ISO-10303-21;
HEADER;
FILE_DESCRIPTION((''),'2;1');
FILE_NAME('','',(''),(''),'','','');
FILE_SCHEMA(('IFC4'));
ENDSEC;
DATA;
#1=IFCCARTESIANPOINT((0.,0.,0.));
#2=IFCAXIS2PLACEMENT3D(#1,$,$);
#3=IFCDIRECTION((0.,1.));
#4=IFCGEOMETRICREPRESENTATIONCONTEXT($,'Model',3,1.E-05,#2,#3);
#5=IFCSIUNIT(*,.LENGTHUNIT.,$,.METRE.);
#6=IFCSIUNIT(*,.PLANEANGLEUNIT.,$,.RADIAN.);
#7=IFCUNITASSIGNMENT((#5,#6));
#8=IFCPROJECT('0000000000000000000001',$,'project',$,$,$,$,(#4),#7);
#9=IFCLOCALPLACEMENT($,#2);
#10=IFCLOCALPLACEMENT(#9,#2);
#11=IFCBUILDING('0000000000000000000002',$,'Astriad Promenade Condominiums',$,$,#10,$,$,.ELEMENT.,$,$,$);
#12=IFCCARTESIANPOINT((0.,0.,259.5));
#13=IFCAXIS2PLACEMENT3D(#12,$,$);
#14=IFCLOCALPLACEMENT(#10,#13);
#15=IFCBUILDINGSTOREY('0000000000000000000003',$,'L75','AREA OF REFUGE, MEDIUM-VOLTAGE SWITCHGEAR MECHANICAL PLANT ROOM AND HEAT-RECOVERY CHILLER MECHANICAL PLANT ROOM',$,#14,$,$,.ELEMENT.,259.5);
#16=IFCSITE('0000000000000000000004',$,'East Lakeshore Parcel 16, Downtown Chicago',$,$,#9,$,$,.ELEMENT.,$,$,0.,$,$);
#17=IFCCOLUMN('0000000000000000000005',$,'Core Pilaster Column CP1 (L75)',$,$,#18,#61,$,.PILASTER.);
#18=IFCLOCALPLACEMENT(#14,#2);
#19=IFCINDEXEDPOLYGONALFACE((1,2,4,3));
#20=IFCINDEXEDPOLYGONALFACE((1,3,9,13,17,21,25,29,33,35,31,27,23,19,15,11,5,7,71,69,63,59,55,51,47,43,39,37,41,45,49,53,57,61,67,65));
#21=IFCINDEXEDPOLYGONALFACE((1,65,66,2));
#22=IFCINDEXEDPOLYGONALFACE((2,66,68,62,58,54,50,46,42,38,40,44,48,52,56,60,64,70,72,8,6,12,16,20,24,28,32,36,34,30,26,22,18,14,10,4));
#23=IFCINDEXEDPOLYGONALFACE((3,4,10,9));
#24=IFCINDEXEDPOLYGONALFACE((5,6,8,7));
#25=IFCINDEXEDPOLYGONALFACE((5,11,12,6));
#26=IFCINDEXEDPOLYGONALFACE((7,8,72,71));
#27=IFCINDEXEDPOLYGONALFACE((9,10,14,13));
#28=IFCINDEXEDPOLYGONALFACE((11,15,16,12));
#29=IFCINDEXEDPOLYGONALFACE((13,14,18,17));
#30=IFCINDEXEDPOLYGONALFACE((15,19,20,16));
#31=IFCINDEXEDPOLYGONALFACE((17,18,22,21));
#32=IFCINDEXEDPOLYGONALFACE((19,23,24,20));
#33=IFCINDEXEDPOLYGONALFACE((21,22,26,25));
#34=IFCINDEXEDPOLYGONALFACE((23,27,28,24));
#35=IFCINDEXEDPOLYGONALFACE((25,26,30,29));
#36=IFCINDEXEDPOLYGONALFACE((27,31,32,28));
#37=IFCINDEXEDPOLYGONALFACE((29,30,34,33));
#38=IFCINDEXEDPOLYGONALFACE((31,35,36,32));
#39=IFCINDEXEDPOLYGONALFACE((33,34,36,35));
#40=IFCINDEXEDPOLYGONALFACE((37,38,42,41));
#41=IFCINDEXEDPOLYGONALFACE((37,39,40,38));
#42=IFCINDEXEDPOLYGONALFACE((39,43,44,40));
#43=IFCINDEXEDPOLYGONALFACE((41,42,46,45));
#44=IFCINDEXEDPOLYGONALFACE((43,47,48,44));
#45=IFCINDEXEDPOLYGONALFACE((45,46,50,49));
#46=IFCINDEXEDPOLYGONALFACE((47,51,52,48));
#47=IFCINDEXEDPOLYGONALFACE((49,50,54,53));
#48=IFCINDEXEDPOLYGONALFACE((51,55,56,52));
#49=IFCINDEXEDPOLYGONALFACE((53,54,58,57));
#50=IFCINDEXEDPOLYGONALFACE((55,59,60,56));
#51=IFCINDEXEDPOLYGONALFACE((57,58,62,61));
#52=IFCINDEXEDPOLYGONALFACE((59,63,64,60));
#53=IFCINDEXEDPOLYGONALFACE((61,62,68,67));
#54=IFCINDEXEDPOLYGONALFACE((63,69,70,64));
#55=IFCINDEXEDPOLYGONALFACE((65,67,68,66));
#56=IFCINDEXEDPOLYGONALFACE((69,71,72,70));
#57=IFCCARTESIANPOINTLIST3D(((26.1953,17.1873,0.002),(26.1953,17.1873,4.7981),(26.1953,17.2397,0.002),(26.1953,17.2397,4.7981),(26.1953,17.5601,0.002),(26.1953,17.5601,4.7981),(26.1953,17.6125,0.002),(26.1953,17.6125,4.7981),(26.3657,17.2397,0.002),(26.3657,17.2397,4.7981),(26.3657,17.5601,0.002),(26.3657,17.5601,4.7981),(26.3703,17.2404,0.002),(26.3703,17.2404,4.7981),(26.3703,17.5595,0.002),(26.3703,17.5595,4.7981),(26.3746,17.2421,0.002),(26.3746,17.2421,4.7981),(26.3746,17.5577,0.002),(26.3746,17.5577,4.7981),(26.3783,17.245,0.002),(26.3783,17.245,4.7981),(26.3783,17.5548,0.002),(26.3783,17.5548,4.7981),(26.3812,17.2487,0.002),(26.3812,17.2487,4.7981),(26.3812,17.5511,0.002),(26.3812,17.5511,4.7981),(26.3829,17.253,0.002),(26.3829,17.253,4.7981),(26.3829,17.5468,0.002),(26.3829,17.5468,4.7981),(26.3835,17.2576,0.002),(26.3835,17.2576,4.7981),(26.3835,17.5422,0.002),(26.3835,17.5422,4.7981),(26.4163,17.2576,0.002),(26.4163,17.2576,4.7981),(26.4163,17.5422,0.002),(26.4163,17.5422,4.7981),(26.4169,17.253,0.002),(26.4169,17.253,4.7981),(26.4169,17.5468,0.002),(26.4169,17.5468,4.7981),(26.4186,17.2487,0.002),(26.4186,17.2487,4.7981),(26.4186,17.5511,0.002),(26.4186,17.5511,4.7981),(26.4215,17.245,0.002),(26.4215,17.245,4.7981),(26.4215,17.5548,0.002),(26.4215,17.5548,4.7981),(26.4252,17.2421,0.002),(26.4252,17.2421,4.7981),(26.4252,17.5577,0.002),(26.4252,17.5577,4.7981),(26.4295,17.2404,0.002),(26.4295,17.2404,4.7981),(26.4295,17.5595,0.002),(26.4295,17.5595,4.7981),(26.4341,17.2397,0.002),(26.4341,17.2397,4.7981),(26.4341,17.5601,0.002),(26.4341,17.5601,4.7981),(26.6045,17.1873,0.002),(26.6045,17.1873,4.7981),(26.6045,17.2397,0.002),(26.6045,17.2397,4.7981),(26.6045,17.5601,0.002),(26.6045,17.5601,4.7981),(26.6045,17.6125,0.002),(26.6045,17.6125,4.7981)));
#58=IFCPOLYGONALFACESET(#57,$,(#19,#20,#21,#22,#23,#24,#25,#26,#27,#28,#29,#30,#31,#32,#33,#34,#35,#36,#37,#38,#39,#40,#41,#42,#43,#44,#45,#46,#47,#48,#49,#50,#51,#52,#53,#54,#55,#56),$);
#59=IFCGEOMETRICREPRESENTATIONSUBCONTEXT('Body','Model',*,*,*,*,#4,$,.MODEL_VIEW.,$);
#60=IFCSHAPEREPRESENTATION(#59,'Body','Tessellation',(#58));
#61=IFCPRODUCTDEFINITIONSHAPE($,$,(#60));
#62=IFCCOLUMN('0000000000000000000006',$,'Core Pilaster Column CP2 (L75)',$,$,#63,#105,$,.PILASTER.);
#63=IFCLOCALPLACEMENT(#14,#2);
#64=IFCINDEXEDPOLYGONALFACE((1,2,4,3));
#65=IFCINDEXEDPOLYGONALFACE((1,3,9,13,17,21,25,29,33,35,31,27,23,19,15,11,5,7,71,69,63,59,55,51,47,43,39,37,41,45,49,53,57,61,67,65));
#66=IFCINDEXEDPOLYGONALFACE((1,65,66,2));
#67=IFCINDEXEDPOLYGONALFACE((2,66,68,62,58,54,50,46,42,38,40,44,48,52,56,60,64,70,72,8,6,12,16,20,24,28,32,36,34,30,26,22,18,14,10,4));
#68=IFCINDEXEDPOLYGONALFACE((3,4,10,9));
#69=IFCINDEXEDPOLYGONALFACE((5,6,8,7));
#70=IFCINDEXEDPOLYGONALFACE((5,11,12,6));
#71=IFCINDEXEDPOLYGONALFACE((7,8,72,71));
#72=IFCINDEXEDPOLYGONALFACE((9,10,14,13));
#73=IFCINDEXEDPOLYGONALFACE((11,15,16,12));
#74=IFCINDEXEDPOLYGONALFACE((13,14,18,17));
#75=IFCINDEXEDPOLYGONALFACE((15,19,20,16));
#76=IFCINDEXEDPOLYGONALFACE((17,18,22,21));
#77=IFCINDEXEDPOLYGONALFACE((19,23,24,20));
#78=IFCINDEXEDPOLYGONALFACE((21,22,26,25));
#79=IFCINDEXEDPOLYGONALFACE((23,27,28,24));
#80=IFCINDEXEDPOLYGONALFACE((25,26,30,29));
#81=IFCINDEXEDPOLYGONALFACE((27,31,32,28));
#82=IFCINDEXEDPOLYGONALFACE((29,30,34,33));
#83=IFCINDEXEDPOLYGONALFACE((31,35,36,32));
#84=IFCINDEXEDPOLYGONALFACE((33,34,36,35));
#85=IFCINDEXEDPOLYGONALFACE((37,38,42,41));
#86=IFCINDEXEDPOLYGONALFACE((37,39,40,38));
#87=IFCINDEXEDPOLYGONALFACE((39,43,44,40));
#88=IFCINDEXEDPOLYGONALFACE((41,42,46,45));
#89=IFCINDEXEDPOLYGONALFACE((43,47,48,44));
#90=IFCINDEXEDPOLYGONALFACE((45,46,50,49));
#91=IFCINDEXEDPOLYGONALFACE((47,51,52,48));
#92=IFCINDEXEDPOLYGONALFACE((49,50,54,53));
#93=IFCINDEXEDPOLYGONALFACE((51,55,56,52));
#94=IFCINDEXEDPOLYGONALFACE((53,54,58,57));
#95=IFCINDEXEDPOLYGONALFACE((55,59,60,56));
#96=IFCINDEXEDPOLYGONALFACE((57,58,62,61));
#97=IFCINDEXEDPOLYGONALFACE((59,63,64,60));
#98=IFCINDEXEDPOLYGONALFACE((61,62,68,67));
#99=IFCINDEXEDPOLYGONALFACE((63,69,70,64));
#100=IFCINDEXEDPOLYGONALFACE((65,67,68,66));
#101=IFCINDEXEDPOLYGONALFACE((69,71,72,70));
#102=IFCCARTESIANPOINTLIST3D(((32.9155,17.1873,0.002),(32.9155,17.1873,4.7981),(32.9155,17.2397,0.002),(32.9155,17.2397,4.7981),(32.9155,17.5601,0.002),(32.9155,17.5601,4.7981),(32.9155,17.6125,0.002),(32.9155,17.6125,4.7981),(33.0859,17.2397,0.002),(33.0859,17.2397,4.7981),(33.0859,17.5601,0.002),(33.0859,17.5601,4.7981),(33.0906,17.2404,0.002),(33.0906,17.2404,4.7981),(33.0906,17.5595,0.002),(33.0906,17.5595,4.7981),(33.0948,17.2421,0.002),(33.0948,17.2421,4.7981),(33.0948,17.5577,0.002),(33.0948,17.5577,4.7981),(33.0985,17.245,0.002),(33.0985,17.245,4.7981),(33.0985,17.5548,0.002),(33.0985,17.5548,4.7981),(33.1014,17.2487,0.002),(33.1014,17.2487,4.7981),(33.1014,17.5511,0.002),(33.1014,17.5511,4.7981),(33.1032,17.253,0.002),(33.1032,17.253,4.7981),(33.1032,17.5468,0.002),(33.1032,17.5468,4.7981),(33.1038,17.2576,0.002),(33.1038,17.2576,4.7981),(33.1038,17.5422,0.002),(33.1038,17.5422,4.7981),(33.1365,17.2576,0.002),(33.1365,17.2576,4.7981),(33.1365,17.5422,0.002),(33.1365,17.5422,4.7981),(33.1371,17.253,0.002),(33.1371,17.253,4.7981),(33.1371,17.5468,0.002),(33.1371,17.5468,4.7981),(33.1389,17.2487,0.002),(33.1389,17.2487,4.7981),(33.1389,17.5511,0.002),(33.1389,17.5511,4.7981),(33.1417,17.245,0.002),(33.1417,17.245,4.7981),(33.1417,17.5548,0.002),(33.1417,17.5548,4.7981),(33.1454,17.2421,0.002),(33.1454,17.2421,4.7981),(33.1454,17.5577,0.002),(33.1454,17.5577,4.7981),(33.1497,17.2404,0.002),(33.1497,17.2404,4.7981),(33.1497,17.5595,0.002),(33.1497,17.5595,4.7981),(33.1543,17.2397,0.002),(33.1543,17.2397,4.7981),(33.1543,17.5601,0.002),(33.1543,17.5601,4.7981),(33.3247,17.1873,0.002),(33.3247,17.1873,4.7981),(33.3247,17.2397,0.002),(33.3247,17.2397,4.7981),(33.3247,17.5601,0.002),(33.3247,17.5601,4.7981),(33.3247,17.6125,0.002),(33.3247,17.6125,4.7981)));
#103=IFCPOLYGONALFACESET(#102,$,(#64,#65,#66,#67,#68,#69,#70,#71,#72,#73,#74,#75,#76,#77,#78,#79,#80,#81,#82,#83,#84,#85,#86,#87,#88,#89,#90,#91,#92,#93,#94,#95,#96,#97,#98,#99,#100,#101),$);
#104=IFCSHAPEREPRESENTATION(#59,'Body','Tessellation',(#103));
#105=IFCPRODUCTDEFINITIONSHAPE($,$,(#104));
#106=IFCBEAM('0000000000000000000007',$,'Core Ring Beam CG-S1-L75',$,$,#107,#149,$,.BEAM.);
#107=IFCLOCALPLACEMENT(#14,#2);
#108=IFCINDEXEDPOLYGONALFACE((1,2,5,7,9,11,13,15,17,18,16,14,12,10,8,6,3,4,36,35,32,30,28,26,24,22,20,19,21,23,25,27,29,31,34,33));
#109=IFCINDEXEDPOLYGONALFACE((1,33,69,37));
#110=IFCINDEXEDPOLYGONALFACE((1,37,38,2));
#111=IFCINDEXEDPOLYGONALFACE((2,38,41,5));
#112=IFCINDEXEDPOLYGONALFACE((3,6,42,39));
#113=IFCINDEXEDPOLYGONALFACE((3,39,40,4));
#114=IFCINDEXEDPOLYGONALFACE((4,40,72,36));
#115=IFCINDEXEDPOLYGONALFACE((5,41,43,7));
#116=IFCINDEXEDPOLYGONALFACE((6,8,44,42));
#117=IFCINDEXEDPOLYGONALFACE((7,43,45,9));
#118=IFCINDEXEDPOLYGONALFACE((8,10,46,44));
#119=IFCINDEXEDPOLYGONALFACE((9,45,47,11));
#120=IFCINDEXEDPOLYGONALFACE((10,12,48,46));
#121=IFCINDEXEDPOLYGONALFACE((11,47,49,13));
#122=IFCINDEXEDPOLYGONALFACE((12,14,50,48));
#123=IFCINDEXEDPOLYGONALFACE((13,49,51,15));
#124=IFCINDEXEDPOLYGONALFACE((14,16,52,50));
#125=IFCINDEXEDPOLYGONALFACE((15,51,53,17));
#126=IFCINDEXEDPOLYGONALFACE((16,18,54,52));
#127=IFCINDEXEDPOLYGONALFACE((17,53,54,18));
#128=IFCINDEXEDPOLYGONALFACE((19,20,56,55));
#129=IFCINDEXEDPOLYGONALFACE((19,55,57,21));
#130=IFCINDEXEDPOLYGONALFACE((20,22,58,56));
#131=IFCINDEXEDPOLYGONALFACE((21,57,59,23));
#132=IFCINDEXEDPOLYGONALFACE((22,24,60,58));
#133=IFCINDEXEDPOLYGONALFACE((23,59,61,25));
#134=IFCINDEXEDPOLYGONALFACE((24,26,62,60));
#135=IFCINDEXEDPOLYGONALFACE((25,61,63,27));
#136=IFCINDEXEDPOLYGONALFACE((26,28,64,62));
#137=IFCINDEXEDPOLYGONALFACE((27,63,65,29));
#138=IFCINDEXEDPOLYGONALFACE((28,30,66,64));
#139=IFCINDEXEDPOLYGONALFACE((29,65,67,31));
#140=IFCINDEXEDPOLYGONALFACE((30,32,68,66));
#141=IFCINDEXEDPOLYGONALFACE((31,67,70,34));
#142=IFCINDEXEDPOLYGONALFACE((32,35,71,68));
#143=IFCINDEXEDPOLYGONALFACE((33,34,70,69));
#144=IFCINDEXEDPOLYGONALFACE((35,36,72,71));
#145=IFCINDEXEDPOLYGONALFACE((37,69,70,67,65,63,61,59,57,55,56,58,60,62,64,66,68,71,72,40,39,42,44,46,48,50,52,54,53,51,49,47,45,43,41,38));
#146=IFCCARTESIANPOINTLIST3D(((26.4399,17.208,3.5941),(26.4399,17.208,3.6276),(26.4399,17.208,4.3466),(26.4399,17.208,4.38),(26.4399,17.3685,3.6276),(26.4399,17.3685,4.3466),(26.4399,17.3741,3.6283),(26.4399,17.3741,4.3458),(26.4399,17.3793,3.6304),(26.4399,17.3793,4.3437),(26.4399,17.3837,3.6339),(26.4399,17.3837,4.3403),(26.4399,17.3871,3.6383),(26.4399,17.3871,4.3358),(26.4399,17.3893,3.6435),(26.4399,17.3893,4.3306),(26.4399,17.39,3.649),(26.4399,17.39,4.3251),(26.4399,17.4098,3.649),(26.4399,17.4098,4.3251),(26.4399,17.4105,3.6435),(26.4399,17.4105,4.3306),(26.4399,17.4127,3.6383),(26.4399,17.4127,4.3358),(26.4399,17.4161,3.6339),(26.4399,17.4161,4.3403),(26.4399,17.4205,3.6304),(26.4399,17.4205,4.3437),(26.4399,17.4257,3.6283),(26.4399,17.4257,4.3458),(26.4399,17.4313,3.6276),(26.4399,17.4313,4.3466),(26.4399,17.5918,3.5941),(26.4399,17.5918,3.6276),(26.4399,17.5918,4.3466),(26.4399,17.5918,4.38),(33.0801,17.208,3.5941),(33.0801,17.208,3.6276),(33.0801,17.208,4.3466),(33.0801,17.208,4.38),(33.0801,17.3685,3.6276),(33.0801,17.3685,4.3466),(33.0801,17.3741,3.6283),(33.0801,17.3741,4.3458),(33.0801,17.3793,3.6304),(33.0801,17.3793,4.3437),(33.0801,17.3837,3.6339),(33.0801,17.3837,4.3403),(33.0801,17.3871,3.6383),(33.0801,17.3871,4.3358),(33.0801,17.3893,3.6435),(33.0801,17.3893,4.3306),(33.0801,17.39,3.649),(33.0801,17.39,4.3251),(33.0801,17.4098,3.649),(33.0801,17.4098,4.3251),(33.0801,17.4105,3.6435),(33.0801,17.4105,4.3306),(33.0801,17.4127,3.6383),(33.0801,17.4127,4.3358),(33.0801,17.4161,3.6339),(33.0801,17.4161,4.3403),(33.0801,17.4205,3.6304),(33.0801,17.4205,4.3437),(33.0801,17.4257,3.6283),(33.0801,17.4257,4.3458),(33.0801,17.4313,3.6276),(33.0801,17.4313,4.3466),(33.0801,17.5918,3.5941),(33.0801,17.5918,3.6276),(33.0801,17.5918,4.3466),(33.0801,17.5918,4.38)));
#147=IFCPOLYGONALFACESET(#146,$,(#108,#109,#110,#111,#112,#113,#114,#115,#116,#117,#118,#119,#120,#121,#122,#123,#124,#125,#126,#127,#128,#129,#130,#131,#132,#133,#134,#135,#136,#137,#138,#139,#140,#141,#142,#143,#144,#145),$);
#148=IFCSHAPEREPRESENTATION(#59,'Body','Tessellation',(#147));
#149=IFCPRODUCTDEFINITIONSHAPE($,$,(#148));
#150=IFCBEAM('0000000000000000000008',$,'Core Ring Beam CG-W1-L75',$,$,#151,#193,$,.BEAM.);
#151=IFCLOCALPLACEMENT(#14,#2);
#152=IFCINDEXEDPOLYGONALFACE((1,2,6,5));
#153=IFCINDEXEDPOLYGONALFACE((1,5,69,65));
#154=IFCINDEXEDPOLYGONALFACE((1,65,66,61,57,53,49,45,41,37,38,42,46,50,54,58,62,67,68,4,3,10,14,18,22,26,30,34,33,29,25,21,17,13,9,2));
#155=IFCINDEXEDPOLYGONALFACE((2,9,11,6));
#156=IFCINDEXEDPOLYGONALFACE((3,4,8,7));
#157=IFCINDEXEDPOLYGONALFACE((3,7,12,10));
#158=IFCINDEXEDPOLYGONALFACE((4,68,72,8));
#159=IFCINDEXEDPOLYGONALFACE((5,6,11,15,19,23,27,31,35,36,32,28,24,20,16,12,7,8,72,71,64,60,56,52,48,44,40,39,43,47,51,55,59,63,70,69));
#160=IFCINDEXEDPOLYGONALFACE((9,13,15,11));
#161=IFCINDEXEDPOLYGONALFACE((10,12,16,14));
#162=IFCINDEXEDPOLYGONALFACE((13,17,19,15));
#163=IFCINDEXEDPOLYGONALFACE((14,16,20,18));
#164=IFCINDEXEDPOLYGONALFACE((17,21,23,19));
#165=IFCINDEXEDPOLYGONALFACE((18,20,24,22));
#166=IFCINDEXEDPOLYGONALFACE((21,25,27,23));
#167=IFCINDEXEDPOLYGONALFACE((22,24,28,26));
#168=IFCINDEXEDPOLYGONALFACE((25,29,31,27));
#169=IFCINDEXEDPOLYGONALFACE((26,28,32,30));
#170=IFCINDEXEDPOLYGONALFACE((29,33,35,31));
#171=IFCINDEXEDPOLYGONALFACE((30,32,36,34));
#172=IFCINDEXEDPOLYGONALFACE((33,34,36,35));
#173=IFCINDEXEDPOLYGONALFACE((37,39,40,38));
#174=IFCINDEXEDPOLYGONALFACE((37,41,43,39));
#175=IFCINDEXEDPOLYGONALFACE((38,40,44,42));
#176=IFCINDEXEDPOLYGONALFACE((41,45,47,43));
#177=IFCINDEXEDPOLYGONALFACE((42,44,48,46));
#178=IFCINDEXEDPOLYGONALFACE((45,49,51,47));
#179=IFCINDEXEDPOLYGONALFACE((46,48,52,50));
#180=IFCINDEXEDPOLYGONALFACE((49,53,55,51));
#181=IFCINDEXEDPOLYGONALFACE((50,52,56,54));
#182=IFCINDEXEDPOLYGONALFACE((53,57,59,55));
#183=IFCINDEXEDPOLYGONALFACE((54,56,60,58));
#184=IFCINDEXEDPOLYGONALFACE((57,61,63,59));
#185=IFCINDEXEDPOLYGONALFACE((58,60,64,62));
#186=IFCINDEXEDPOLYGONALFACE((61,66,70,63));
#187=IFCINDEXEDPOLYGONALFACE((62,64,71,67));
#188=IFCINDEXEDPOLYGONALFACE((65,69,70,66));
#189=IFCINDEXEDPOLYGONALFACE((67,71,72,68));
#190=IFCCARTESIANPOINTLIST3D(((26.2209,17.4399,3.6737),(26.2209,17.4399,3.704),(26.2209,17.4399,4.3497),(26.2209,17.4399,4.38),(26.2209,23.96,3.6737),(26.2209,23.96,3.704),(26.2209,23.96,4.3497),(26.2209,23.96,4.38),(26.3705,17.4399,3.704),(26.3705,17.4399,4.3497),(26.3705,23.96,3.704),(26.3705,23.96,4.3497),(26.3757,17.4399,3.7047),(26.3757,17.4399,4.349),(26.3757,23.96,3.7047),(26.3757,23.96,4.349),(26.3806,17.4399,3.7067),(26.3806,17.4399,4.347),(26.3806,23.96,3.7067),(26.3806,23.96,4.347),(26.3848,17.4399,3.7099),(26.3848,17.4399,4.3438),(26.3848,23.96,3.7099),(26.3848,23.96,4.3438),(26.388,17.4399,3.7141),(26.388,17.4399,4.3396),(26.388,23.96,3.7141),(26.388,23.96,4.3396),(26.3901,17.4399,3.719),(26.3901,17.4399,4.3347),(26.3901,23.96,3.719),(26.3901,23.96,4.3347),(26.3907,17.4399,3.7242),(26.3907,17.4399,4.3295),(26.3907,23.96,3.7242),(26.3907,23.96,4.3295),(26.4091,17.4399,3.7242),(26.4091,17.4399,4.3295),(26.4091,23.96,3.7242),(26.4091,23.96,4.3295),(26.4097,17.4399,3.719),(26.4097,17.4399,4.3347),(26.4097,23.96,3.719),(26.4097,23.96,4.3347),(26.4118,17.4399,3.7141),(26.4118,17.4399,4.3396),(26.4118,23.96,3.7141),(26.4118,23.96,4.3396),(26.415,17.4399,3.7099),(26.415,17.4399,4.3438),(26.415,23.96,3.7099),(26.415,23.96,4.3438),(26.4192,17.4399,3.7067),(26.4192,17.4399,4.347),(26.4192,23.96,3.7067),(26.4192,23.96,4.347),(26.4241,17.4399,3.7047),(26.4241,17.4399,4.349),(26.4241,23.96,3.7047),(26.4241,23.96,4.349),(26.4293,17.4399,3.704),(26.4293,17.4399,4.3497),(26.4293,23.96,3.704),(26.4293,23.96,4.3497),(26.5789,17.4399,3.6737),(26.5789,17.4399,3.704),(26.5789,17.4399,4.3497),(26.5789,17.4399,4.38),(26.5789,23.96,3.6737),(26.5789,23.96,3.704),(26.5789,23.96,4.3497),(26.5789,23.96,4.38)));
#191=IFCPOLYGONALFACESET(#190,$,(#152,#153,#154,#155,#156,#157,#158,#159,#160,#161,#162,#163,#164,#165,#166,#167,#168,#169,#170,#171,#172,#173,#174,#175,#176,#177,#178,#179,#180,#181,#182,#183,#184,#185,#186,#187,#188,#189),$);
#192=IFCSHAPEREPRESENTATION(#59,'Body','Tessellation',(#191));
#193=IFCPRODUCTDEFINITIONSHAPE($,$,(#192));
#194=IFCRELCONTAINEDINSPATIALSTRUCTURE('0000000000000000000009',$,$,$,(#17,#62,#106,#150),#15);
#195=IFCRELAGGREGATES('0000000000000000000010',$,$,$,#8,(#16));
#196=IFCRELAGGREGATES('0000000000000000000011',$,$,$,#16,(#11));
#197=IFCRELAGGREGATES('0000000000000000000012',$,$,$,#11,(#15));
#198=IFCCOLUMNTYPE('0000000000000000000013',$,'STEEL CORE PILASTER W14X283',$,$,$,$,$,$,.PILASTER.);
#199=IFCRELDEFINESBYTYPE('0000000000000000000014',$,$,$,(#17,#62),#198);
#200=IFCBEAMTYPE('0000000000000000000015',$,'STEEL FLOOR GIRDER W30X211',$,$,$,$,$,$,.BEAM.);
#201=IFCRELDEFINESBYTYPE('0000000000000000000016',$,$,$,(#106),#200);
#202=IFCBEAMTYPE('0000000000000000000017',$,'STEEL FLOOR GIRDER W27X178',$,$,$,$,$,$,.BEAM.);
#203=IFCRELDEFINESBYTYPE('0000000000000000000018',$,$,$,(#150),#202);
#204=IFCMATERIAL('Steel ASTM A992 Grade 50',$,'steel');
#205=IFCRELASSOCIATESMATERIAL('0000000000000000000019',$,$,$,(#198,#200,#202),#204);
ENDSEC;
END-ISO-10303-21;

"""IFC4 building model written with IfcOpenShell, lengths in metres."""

from ifc_helpers import new_model, si_unit, direction, frame, origin, origin_2d, place, context, subcontext, project, spatial, i_section, extrude, source, transform, mapped, material, material_profile, profile_set, type_object, type_shapes, element, save


model = new_model("IFC4")

# Units and contexts
model_context = context("Model", 3, precision=1e-05, world=origin(), true_north=direction((0.0, 1.0)))
body_context = subcontext(model_context, "Body", "Model", "MODEL_VIEW")
ifc_project = project(units=[si_unit("LENGTHUNIT", "METRE"), si_unit("PLANEANGLEUNIT", "RADIAN")], contexts=[model_context])

# Site, building, storey
site_placement = place(None, origin())
site = spatial("IfcSite", under=ifc_project, at=site_placement, Name="East Lakeshore Parcel 16, Downtown Chicago", CompositionType="ELEMENT", RefElevation=0.0)
building_placement = place(site_placement, origin())
building = spatial("IfcBuilding", under=site, at=building_placement, Name="Astriad Promenade Condominiums", CompositionType="ELEMENT")
storey_placement = place(building_placement, frame((0.0, 0.0, 259.5)))
storey = spatial("IfcBuildingStorey", under=building, at=storey_placement, Name="L75", Description="AREA OF REFUGE, MEDIUM-VOLTAGE SWITCHGEAR MECHANICAL PLANT ROOM AND HEAT-RECOVERY CHILLER MECHANICAL PLANT ROOM", CompositionType="ELEMENT", Elevation=259.5)

# Columns
ifc_material_1 = material(Name="Steel ASTM A992 Grade 50", Category="steel")
ifc_material_profile_1 = material_profile(ifc_material_1, i_section(OverallWidth=0.4092, OverallDepth=0.4253, WebThickness=0.0327, FlangeThickness=0.0525, FilletRadius=0.0178, at=origin_2d()), Name="W14X283")
ifc_profile_set_1 = profile_set([ifc_material_profile_1], Name="Steel ASTM A992 Grade 50")
column_type = type_object("IfcColumnType", Name="STEEL CORE PILASTER W14X283", PredefinedType="PILASTER", material=ifc_profile_set_1)
shared_shape_1 = source(origin(), body_context, "Body", "SweptSolid", [
    extrude(i_section(OverallWidth=0.4092, OverallDepth=0.4253, WebThickness=0.0327, FlangeThickness=0.0525, FilletRadius=0.0178, at=origin_2d()), origin(), (0.0, 0.0, 1.0), 4.7961),
])
type_shapes(column_type, [shared_shape_1])
for number, where, z_axis, x_axis, name in (
    (1, (26.3999, 17.3999, 0.002), (0.0, 0.0, 1.0), (1.0, 0.0, 0.0), "Core Pilaster Column CP1 (L75)"),
    (2, (33.1201, 17.3999, 0.002), (0.0, 0.0, 1.0), (1.0, 0.0, 0.0), "Core Pilaster Column CP2 (L75)"),
):
    element("IfcColumn", number, at=place(storey_placement, frame(where, z_axis=z_axis, x_axis=x_axis)), inside=storey, type_object=column_type, Name=name, PredefinedType="PILASTER", context=body_context, shape_type="MappedRepresentation", body=[
        mapped(shared_shape_1, transform((0.0, 0.0, 0.0), scale=1.0)),
    ])

# Beams
ifc_material_profile_2 = material_profile(ifc_material_1, i_section(OverallWidth=0.3838, OverallDepth=0.7859, WebThickness=0.0198, FlangeThickness=0.0334, FilletRadius=0.0215, at=origin_2d()), Name="W30X211")
ifc_profile_set_2 = profile_set([ifc_material_profile_2], Name="Steel ASTM A992 Grade 50")
beam_type_1 = type_object("IfcBeamType", Name="STEEL FLOOR GIRDER W30X211", PredefinedType="BEAM", material=ifc_profile_set_2)
shared_shape_2 = source(origin(), body_context, "Body", "SweptSolid", [
    extrude(i_section(OverallWidth=0.3838, OverallDepth=0.7859, WebThickness=0.0198, FlangeThickness=0.0334, FilletRadius=0.0215, at=origin_2d()), origin(), (0.0, 0.0, 1.0), 6.6401),
])
type_shapes(beam_type_1, [shared_shape_2])
beam_1_placement = place(storey_placement, frame((26.4399, 17.3999, 3.9871), z_axis=(1.0, 0.0, 0.0), x_axis=(0.0, 1.0, 0.0)))
element("IfcBeam", 3, at=beam_1_placement, inside=storey, type_object=beam_type_1, Name="Core Ring Beam CG-S1-L75", PredefinedType="BEAM", context=body_context, shape_type="MappedRepresentation", body=[
    mapped(shared_shape_2, transform((0.0, 0.0, 0.0), scale=1.0)),
])
ifc_material_profile_3 = material_profile(ifc_material_1, i_section(OverallWidth=0.3579, OverallDepth=0.7063, WebThickness=0.0183, FlangeThickness=0.0303, FilletRadius=0.0203, at=origin_2d()), Name="W27X178")
ifc_profile_set_3 = profile_set([ifc_material_profile_3], Name="Steel ASTM A992 Grade 50")
beam_type_2 = type_object("IfcBeamType", Name="STEEL FLOOR GIRDER W27X178", PredefinedType="BEAM", material=ifc_profile_set_3)
shared_shape_3 = source(origin(), body_context, "Body", "SweptSolid", [
    extrude(i_section(OverallWidth=0.3579, OverallDepth=0.7063, WebThickness=0.0183, FlangeThickness=0.0303, FilletRadius=0.0203, at=origin_2d()), origin(), (0.0, 0.0, 1.0), 6.52),
])
type_shapes(beam_type_2, [shared_shape_3])
beam_2_placement = place(storey_placement, frame((26.3999, 17.4399, 4.0269), z_axis=(0.0, 1.0, 0.0), x_axis=(-1.0, 0.0, 0.0)))
element("IfcBeam", 4, at=beam_2_placement, inside=storey, type_object=beam_type_2, Name="Core Ring Beam CG-W1-L75", PredefinedType="BEAM", context=body_context, shape_type="MappedRepresentation", body=[
    mapped(shared_shape_3, transform((0.0, 0.0, 0.0), scale=1.0)),
])

save(model, "model.ifc")
